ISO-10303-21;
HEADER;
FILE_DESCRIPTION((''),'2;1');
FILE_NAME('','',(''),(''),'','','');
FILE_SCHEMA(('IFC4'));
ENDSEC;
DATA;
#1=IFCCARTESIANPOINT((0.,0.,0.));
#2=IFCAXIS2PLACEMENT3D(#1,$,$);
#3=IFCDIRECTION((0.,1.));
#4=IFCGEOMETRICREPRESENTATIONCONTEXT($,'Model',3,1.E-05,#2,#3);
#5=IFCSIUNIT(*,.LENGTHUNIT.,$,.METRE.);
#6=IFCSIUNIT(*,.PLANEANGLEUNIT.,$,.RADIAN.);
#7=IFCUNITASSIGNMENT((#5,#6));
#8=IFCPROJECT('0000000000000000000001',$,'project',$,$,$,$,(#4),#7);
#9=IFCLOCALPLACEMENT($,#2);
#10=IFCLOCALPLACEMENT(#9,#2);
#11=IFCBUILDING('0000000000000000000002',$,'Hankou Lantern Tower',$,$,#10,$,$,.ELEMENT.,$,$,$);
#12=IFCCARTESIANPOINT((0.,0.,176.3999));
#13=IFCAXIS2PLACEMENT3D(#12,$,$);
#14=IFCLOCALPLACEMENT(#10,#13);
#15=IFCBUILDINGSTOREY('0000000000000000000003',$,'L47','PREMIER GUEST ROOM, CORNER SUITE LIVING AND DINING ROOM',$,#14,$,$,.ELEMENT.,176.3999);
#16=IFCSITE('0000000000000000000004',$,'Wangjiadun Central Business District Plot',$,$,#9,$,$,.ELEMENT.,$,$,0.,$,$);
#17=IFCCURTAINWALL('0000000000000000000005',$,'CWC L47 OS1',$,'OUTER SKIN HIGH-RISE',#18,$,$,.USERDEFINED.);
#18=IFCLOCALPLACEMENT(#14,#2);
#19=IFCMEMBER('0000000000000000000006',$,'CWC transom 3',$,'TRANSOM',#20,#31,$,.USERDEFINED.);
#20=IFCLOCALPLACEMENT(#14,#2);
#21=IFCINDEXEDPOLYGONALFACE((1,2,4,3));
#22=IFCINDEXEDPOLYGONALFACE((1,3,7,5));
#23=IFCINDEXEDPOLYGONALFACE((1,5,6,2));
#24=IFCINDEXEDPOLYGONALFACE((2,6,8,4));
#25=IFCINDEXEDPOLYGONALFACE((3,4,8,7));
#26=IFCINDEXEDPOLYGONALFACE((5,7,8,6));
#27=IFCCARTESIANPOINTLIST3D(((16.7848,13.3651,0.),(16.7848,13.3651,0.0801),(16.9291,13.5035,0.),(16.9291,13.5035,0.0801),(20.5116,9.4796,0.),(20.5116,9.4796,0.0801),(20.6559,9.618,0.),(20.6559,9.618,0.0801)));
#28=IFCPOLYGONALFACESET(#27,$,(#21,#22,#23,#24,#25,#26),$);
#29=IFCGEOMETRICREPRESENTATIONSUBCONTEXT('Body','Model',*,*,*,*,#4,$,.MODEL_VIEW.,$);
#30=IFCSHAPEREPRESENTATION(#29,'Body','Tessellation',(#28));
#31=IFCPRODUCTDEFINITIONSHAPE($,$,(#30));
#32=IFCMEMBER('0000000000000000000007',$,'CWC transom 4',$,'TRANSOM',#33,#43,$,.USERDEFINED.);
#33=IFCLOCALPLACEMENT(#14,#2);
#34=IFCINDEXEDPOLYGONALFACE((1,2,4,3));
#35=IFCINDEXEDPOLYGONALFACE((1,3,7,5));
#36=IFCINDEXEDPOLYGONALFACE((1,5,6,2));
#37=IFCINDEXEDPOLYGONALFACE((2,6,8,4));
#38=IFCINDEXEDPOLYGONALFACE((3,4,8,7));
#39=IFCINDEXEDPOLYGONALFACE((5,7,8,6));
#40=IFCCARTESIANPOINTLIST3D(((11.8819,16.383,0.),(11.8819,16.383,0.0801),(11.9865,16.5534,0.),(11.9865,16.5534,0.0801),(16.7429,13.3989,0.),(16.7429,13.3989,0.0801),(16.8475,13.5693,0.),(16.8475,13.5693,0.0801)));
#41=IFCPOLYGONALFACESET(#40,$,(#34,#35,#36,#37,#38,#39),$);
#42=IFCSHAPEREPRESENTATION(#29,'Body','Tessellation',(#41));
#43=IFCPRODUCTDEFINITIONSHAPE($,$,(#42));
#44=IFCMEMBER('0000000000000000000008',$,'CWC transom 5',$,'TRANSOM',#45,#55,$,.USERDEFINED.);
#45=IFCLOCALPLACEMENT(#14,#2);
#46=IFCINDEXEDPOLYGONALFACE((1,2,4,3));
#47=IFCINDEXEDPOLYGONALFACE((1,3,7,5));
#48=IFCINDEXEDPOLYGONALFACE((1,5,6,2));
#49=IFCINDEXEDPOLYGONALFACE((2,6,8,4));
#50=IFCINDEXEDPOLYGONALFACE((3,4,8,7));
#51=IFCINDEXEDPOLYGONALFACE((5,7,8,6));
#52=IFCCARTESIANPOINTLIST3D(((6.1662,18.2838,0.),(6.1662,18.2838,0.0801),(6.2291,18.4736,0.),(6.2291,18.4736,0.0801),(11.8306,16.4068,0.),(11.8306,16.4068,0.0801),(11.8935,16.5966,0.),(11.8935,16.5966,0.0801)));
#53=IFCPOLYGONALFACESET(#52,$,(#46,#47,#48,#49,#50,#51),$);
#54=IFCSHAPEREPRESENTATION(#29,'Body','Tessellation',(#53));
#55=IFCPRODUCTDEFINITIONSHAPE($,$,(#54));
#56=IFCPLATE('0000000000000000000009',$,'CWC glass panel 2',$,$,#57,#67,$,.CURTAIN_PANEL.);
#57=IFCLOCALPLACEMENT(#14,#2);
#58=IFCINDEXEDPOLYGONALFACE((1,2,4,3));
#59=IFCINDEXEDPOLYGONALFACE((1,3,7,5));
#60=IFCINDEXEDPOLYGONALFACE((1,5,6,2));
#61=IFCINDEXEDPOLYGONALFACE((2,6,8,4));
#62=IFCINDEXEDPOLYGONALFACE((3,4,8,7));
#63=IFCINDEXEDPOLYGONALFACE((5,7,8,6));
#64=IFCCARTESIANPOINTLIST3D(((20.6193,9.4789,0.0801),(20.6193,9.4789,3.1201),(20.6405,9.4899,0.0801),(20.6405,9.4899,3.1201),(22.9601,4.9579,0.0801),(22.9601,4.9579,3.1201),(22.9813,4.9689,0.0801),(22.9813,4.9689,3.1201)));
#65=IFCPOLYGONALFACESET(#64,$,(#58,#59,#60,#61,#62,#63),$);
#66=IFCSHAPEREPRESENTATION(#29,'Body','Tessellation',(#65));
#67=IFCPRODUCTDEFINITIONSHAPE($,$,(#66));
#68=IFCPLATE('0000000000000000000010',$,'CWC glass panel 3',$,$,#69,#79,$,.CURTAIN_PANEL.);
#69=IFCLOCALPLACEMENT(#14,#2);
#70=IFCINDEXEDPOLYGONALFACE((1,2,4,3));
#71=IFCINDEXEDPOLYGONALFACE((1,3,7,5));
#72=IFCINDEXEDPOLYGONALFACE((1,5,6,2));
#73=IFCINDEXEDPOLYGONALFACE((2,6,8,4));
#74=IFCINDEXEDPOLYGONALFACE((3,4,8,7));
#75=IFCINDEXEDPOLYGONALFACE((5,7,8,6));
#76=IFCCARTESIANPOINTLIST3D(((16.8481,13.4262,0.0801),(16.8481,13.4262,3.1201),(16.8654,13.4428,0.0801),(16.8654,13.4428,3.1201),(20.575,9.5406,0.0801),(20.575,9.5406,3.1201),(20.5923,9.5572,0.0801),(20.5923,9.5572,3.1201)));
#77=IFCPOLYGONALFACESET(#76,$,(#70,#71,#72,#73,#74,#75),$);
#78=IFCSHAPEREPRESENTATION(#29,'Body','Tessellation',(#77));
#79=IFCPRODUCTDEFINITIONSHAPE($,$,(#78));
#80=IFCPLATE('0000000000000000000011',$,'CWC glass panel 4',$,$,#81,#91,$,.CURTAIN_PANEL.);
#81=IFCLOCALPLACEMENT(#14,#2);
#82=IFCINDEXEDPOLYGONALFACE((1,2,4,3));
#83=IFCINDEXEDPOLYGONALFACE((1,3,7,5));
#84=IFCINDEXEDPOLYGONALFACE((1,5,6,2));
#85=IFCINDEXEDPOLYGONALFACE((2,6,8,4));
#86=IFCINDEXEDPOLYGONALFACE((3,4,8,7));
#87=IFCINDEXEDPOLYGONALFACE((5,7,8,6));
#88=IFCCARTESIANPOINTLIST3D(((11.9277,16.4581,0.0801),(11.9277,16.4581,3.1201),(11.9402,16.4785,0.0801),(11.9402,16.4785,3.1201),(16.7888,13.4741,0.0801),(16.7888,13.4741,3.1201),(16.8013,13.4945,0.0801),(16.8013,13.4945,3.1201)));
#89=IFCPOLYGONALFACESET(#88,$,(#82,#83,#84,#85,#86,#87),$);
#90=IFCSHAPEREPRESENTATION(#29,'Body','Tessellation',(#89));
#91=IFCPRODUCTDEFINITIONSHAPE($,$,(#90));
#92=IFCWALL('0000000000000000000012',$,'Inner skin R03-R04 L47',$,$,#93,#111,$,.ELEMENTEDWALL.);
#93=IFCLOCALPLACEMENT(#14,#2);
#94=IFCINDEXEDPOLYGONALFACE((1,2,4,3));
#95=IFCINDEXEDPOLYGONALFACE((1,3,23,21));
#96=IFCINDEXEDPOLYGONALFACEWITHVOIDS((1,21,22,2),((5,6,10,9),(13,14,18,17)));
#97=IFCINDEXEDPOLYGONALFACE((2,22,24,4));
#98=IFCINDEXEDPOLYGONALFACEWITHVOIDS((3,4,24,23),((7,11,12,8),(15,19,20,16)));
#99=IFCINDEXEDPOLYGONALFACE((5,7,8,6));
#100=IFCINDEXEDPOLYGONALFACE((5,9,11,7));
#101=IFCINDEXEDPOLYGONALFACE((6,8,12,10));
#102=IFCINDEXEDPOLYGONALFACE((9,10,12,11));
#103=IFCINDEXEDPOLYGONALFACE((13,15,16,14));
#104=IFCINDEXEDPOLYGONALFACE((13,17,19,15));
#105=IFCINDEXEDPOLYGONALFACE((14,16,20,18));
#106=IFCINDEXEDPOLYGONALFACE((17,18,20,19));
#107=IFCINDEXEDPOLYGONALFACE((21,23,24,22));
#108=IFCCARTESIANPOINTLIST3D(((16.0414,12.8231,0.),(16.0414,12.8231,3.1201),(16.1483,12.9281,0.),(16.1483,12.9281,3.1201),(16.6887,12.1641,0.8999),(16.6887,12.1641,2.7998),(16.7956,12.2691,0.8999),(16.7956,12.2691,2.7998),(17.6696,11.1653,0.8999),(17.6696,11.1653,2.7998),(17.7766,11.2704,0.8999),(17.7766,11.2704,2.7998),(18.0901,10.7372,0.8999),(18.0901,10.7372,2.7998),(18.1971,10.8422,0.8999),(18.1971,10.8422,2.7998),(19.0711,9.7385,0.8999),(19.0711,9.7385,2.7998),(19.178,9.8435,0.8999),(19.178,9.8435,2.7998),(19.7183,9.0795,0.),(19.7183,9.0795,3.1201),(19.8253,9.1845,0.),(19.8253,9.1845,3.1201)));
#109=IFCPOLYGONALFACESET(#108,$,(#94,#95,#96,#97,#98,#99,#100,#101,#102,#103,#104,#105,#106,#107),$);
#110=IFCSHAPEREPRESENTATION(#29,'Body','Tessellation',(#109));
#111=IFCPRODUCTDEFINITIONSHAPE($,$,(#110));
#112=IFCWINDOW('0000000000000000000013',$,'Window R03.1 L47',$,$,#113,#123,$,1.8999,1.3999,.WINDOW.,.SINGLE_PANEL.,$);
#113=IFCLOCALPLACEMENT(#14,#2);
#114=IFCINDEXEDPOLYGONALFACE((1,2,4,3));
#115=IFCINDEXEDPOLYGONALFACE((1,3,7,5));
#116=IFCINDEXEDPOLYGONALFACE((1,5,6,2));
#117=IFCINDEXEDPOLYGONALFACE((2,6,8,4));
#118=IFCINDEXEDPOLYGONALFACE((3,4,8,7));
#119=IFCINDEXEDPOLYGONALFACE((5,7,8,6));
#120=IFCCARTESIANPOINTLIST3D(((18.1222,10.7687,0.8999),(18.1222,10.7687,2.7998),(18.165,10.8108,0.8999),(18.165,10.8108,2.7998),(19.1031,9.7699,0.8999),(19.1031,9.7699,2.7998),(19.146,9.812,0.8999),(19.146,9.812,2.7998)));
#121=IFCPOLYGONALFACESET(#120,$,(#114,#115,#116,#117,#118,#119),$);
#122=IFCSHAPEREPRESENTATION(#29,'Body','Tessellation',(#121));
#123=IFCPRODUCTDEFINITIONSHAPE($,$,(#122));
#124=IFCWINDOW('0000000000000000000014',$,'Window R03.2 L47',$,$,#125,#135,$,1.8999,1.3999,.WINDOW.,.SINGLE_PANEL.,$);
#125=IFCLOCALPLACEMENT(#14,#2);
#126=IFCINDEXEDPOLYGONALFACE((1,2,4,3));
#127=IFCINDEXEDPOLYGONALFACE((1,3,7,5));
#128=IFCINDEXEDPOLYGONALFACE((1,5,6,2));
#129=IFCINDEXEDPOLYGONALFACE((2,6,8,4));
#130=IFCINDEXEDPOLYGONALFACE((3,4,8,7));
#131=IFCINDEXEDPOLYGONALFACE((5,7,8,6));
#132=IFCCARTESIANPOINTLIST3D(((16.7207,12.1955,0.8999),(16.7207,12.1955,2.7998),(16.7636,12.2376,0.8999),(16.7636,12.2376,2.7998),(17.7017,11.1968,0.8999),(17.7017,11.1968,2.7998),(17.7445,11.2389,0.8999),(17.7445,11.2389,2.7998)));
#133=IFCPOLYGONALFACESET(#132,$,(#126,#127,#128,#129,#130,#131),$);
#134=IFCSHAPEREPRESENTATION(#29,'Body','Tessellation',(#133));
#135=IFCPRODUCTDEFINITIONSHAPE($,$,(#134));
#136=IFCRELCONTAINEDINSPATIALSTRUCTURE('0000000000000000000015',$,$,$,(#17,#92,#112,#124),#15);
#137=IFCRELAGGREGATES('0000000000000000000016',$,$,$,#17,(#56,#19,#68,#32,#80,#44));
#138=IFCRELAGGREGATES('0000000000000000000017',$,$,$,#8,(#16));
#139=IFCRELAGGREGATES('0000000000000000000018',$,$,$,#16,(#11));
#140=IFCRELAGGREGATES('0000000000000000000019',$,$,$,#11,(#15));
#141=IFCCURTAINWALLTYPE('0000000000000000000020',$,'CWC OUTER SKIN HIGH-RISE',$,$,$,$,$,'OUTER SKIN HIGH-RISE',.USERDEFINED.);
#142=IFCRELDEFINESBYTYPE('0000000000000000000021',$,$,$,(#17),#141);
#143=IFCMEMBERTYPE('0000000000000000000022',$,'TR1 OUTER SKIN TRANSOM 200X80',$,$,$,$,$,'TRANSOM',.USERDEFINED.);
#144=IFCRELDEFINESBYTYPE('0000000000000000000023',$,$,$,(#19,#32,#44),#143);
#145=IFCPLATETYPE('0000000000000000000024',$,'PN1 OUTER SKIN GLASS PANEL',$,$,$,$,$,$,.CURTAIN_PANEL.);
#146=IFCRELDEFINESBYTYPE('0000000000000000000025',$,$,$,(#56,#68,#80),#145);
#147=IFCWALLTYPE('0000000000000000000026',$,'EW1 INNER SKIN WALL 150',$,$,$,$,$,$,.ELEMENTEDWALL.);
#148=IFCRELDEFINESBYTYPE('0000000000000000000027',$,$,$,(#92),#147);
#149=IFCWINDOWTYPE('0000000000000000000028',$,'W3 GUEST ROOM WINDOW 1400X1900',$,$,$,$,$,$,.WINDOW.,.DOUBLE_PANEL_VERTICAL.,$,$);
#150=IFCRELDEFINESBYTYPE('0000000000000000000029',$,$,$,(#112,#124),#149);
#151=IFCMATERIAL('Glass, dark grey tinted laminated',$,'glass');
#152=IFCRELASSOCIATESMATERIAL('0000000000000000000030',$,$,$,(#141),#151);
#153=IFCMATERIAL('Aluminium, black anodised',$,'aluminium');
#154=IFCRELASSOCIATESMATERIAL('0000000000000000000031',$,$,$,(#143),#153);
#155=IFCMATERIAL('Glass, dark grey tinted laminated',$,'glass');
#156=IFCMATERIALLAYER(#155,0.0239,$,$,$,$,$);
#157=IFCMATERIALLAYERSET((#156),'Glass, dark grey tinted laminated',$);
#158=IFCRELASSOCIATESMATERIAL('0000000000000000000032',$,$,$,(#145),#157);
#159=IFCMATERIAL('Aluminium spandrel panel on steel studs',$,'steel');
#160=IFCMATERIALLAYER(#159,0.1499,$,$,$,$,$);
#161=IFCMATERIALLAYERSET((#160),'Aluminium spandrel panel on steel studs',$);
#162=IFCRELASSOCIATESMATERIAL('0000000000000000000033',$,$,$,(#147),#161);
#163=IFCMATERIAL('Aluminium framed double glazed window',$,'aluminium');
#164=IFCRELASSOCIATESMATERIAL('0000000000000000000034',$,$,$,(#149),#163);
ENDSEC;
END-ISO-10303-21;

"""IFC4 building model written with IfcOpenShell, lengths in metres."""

from ifc_helpers import new_model, si_unit, direction, frame, frame_2d, origin, origin_2d, place, context, subcontext, project, spatial, rectangle, extrude, material, layer, layer_set, material_profile, profile_set, type_object, element, fill, aggregate, save


model = new_model("IFC4")

# Units and contexts
model_context = context("Model", 3, precision=1e-05, world=origin(), true_north=direction((0.0, 1.0)))
body_context = subcontext(model_context, "Body", "Model", "MODEL_VIEW")
ifc_project = project(units=[si_unit("LENGTHUNIT", "METRE"), si_unit("PLANEANGLEUNIT", "RADIAN")], contexts=[model_context])

# Site, building, storey
site_placement = place(None, origin())
site = spatial("IfcSite", under=ifc_project, at=site_placement, Name="Wangjiadun Central Business District Plot", CompositionType="ELEMENT", RefElevation=0.0)
building_placement = place(site_placement, origin())
building = spatial("IfcBuilding", under=site, at=building_placement, Name="Hankou Lantern Tower", CompositionType="ELEMENT")
storey_placement = place(building_placement, frame((0.0, 0.0, 176.3999)))
storey = spatial("IfcBuildingStorey", under=building, at=storey_placement, Name="L47", Description="PREMIER GUEST ROOM, CORNER SUITE LIVING AND DINING ROOM", CompositionType="ELEMENT", Elevation=176.3999)

# Curtain wall
ifc_material_1 = material(Name="Glass, dark grey tinted laminated", Category="glass")
curtain_wall_type = type_object("IfcCurtainWallType", Name="CWC OUTER SKIN HIGH-RISE", ElementType="OUTER SKIN HIGH-RISE", PredefinedType="USERDEFINED", material=ifc_material_1)
curtain_wall_placement = place(storey_placement, origin())
curtain_wall = element("IfcCurtainWall", 1, at=curtain_wall_placement, inside=storey, type_object=curtain_wall_type, Name="CWC L47 OS1", ObjectType="OUTER SKIN HIGH-RISE", PredefinedType="USERDEFINED")

# Members
ifc_material_2 = material(Name="Aluminium, black anodised", Category="aluminium")
ifc_material_profile_1 = material_profile(ifc_material_2, rectangle(XDim=0.2, YDim=0.0801, at=origin_2d()), Name="TR1 200X80")
ifc_profile_set_1 = profile_set([ifc_material_profile_1], Name="Aluminium, black anodised")
member_type_1 = type_object("IfcMemberType", Name="TR1 OUTER SKIN TRANSOM 200X80", ElementType="TRANSOM", PredefinedType="USERDEFINED", material=ifc_profile_set_1)
member_1_placement = place(storey_placement, frame((20.5837, 9.5488, 0.04), z_axis=(-0.692216, 0.721691, 0.0), x_axis=(-0.721691, -0.692216, 0.0)))
member_1 = element("IfcMember", 2, at=member_1_placement, type_object=member_type_1, Name="CWC transom 3", ObjectType="TRANSOM", PredefinedType="USERDEFINED", context=body_context, shape_type="SweptSolid", body=[
    extrude(rectangle(XDim=0.2, YDim=0.0801, at=origin_2d()), origin(), (0.0, 0.0, 1.0), 5.3838),
])
member_2_placement = place(storey_placement, frame((16.7952, 13.4841, 0.04), z_axis=(-0.852229, 0.523168, 0.0), x_axis=(-0.523168, -0.852229, 0.0)))
member_2 = element("IfcMember", 3, at=member_2_placement, type_object=member_type_1, Name="CWC transom 4", ObjectType="TRANSOM", PredefinedType="USERDEFINED", context=body_context, shape_type="SweptSolid", body=[
    extrude(rectangle(XDim=0.2, YDim=0.0801, at=origin_2d()), origin(), (0.0, 0.0, 1.0), 5.7039),
])
member_3_placement = place(storey_placement, frame((11.8621, 16.5017, 0.04), z_axis=(-0.949242, 0.314546, 0.0), x_axis=(-0.314546, -0.949242, 0.0)))
member_3 = element("IfcMember", 4, at=member_3_placement, type_object=member_type_1, Name="CWC transom 5", ObjectType="TRANSOM", PredefinedType="USERDEFINED", context=body_context, shape_type="SweptSolid", body=[
    extrude(rectangle(XDim=0.2, YDim=0.0801, at=origin_2d()), origin(), (0.0, 0.0, 1.0), 5.9673),
])

# Plates
ifc_material_3 = material(Name="Glass, dark grey tinted laminated", Category="glass")
ifc_layer_1 = layer(ifc_material_3, 0.0239)
ifc_layer_set_1 = layer_set([ifc_layer_1], Name="Glass, dark grey tinted laminated")
plate_type = type_object("IfcPlateType", Name="PN1 OUTER SKIN GLASS PANEL", PredefinedType="CURTAIN_PANEL", material=ifc_layer_set_1)
plate_1_placement = place(storey_placement, frame((21.8003, 7.2239, 0.0801), z_axis=(0.0, 0.0, 1.0), x_axis=(-0.459791, 0.888027, 0.0)))
plate_1 = element("IfcPlate", 5, at=plate_1_placement, type_object=plate_type, Name="CWC glass panel 2", PredefinedType="CURTAIN_PANEL", context=body_context, shape_type="SweptSolid", body=[
    extrude(rectangle(XDim=5.0911, YDim=0.0239, at=origin_2d()), origin(), (0.0, 0.0, 1.0), 3.04),
])
plate_2_placement = place(storey_placement, frame((18.7202, 11.4917, 0.0801), z_axis=(0.0, 0.0, 1.0), x_axis=(-0.692216, 0.721691, 0.0)))
plate_2 = element("IfcPlate", 6, at=plate_2_placement, type_object=plate_type, Name="CWC glass panel 3", PredefinedType="CURTAIN_PANEL", context=body_context, shape_type="SweptSolid", body=[
    extrude(rectangle(XDim=5.384, YDim=0.0239, at=origin_2d()), origin(), (0.0, 0.0, 1.0), 3.04),
])
plate_3_placement = place(storey_placement, frame((14.3645, 14.9763, 0.0801), z_axis=(0.0, 0.0, 1.0), x_axis=(-0.852237, 0.523156, 0.0)))
plate_3 = element("IfcPlate", 7, at=plate_3_placement, type_object=plate_type, Name="CWC glass panel 4", PredefinedType="CURTAIN_PANEL", context=body_context, shape_type="SweptSolid", body=[
    extrude(rectangle(XDim=5.7039, YDim=0.0239, at=origin_2d()), origin(), (0.0, 0.0, 1.0), 3.04),
])
aggregate(curtain_wall, [plate_1, member_1, plate_2, member_2, plate_3, member_3])

# Wall, openings, windows
ifc_material_4 = material(Name="Aluminium spandrel panel on steel studs", Category="steel")
ifc_layer_2 = layer(ifc_material_4, 0.1499)
ifc_layer_set_2 = layer_set([ifc_layer_2], Name="Aluminium spandrel panel on steel studs")
wall_type_1 = type_object("IfcWallType", Name="EW1 INNER SKIN WALL 150", PredefinedType="ELEMENTEDWALL", material=ifc_layer_set_2)
wall_1_placement = place(storey_placement, frame((19.7717, 9.1321, 0.0), z_axis=(0.0, 0.0, 1.0), x_axis=(-0.700727, 0.713429, 0.0)))
wall_1 = element("IfcWall", 8, at=wall_1_placement, inside=storey, type_object=wall_type_1, Name="Inner skin R03-R04 L47", PredefinedType="ELEMENTEDWALL", context=body_context, shape_type="SweptSolid", body=[
    extrude(rectangle(XDim=5.2473, YDim=0.1499, at=frame_2d((2.6235, 0.0))), origin(), (0.0, 0.0, 1.0), 3.1201),
])
opening_1_placement = place(wall_1_placement, frame((0.9236, 0.0, 0.8999)))
opening_1 = element("IfcOpeningElement", 9, at=opening_1_placement, cuts=wall_1, PredefinedType="OPENING", context=body_context, shape_type="SweptSolid", body=[
    extrude(rectangle(XDim=1.3999, YDim=1.8999, at=frame_2d((0.7, 0.95))), frame((0.0, 0.085, 0.0), z_axis=(0.0, -1.0, 0.0), x_axis=(1.0, 0.0, 0.0)), (0.0, 0.0, 1.0), 0.1699),
])
opening_2_placement = place(wall_1_placement, frame((2.9236, 0.0, 0.8999)))
opening_2 = element("IfcOpeningElement", 10, at=opening_2_placement, cuts=wall_1, PredefinedType="OPENING", context=body_context, shape_type="SweptSolid", body=[
    extrude(rectangle(XDim=1.3999, YDim=1.8999, at=frame_2d((0.7, 0.95))), frame((0.0, 0.085, 0.0), z_axis=(0.0, -1.0, 0.0), x_axis=(1.0, 0.0, 0.0)), (0.0, 0.0, 1.0), 0.1699),
])
ifc_material_5 = material(Name="Aluminium framed double glazed window", Category="aluminium")
window_type = type_object("IfcWindowType", Name="W3 GUEST ROOM WINDOW 1400X1900", PartitioningType="DOUBLE_PANEL_VERTICAL", PredefinedType="WINDOW", material=ifc_material_5)
window_1_placement = place(opening_1_placement, origin())
window_1 = element("IfcWindow", 11, at=window_1_placement, inside=storey, type_object=window_type, Name="Window R03.1 L47", OverallHeight=1.8999, OverallWidth=1.3999, PartitioningType="SINGLE_PANEL", PredefinedType="WINDOW", context=body_context, shape_type="SweptSolid", body=[
    extrude(rectangle(XDim=1.3999, YDim=1.8999, at=frame_2d((0.7, 0.95))), frame((0.0, 0.03, 0.0), z_axis=(0.0, -1.0, 0.0), x_axis=(1.0, 0.0, 0.0)), (0.0, 0.0, 1.0), 0.0601),
])
fill(opening_1, window_1)
window_2_placement = place(opening_2_placement, origin())
window_2 = element("IfcWindow", 12, at=window_2_placement, inside=storey, type_object=window_type, Name="Window R03.2 L47", OverallHeight=1.8999, OverallWidth=1.3999, PartitioningType="SINGLE_PANEL", PredefinedType="WINDOW", context=body_context, shape_type="SweptSolid", body=[
    extrude(rectangle(XDim=1.3999, YDim=1.8999, at=frame_2d((0.7, 0.95))), frame((0.0, 0.03, 0.0), z_axis=(0.0, -1.0, 0.0), x_axis=(1.0, 0.0, 0.0)), (0.0, 0.0, 1.0), 0.0601),
])
fill(opening_2, window_2)

save(model, "model.ifc")
